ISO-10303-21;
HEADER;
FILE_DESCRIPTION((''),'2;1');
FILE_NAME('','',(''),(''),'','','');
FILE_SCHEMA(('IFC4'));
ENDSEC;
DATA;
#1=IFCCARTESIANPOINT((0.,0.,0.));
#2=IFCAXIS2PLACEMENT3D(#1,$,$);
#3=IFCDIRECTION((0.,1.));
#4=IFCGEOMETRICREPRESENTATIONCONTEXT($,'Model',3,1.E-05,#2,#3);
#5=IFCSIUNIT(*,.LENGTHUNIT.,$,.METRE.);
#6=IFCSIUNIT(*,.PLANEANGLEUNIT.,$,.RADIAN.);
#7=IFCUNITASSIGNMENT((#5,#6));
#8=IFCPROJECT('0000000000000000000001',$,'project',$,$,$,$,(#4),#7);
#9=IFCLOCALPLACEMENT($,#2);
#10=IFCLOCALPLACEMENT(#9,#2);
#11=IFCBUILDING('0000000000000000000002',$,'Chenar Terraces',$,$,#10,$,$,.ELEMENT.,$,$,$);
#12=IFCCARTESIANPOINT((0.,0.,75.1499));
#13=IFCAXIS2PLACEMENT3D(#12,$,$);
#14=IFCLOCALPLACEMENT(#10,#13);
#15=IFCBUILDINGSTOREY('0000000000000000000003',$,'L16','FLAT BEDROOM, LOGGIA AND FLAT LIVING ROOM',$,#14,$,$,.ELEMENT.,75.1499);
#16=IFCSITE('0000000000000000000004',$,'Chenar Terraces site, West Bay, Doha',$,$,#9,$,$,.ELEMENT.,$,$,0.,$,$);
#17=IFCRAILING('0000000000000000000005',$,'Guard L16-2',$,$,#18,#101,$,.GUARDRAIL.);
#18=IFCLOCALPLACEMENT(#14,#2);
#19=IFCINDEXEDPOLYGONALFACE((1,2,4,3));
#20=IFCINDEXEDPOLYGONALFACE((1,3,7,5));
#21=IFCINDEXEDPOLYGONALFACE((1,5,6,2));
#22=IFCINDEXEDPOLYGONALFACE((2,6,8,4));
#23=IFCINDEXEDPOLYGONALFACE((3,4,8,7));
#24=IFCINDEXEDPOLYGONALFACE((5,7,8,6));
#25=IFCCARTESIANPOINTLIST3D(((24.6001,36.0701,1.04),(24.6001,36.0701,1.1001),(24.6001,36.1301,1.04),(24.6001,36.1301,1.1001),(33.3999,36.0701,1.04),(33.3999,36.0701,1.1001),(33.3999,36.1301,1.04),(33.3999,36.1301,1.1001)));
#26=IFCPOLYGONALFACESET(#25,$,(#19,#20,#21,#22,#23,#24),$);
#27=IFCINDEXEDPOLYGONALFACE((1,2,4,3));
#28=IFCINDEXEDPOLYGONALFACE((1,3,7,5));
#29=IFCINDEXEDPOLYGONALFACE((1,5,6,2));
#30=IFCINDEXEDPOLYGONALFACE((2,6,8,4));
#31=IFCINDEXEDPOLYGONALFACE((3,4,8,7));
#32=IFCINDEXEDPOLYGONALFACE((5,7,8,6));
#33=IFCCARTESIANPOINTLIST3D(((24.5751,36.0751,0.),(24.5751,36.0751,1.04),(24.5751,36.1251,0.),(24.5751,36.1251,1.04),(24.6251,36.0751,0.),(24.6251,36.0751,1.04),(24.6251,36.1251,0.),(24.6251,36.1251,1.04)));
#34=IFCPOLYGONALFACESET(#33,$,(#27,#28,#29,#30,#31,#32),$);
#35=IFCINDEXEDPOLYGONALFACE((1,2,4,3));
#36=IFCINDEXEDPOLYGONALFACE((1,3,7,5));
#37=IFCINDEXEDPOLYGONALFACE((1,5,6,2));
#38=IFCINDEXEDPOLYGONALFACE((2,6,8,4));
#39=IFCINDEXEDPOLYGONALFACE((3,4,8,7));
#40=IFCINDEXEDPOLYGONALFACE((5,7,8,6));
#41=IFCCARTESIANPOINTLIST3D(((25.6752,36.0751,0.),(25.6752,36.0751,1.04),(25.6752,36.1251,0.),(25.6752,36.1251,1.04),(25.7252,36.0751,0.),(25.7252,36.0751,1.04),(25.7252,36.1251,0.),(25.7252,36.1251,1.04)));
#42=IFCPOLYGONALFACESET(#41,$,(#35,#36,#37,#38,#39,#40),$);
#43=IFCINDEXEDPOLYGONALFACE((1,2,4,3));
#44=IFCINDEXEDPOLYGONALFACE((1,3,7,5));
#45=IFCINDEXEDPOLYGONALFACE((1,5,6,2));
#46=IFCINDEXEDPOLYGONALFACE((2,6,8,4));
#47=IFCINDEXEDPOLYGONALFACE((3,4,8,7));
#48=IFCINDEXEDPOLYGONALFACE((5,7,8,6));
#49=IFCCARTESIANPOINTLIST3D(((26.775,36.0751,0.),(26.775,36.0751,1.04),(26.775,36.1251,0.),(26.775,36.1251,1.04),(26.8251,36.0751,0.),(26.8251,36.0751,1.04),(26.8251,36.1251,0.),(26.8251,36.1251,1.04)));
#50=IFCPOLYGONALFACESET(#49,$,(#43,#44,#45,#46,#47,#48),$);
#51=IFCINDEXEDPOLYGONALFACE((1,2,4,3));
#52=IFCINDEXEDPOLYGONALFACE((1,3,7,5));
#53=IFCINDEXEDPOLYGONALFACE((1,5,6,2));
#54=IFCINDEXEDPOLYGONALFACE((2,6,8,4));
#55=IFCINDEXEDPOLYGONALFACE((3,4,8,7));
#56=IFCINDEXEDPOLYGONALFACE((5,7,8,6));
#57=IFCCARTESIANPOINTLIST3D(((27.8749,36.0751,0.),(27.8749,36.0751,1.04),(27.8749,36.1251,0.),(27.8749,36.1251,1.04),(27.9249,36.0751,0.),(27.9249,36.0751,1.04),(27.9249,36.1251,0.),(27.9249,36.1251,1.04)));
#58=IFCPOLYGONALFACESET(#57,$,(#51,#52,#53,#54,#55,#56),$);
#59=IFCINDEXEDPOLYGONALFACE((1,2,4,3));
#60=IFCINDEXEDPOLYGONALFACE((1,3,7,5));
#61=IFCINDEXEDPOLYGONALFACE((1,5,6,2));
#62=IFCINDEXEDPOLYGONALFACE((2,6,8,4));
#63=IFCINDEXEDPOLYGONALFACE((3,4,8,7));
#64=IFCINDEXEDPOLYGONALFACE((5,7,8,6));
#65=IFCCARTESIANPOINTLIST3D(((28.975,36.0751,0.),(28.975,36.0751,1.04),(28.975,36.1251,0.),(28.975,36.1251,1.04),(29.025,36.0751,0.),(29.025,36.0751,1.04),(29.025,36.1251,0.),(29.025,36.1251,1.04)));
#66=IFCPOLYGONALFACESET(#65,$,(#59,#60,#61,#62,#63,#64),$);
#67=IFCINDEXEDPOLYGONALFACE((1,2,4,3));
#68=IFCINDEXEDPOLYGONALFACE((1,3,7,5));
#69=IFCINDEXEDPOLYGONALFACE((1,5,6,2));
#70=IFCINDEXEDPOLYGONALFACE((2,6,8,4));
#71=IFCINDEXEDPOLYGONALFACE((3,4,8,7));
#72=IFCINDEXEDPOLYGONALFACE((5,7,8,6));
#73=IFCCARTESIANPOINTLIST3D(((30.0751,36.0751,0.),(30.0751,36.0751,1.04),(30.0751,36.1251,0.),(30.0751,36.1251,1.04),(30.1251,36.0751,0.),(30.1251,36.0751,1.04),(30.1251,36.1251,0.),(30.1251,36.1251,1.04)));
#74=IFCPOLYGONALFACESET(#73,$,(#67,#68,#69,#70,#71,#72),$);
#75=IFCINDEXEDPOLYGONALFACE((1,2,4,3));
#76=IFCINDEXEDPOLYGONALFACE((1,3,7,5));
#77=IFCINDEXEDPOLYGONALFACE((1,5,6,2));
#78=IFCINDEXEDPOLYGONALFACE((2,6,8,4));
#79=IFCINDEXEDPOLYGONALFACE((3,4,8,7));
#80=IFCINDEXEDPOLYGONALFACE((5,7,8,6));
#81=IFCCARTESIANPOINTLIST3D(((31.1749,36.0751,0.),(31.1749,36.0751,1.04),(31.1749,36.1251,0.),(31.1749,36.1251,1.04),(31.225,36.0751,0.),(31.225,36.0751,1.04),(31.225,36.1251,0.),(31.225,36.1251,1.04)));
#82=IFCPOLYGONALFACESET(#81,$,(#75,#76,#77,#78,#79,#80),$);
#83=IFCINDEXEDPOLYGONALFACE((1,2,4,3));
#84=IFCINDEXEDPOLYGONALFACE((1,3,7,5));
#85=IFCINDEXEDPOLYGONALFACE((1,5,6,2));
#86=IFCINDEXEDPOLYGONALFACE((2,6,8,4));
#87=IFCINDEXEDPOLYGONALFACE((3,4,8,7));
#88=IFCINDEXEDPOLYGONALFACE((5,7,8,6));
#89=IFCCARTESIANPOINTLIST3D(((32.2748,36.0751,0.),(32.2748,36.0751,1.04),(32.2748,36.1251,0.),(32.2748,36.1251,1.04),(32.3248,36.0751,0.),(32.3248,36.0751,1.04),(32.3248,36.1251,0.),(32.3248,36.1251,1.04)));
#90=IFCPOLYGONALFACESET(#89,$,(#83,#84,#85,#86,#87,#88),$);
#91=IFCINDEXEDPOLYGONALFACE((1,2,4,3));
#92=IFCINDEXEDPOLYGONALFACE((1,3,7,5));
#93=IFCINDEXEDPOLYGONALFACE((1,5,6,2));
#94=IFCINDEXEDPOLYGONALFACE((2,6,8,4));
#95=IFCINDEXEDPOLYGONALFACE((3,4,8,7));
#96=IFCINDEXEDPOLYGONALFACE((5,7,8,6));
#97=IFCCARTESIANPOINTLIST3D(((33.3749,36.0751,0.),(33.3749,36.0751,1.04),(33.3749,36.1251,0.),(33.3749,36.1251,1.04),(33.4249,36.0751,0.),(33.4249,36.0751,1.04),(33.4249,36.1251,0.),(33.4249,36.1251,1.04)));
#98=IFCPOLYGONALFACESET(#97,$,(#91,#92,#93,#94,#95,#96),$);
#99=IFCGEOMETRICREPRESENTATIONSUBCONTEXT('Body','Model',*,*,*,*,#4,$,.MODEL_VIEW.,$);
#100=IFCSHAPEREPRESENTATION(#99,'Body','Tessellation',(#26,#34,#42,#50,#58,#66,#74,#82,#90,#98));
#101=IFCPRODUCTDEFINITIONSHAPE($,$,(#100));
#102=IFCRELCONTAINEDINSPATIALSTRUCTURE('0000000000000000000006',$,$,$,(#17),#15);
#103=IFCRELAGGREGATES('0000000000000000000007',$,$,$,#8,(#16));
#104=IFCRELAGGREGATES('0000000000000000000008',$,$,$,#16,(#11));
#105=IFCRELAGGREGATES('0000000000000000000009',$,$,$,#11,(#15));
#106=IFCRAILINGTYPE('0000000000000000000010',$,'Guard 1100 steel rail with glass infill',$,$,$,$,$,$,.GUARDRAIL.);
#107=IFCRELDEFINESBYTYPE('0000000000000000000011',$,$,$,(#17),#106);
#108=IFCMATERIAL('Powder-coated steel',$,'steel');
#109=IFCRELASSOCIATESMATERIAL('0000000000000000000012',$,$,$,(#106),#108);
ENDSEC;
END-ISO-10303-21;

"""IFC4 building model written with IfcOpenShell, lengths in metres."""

from ifc_helpers import new_model, si_unit, direction, frame, origin, origin_2d, place, context, subcontext, project, spatial, rectangle, extrude, material, type_object, element, save


model = new_model("IFC4")

# Units and contexts
model_context = context("Model", 3, precision=1e-05, world=origin(), true_north=direction((0.0, 1.0)))
body_context = subcontext(model_context, "Body", "Model", "MODEL_VIEW")
ifc_project = project(units=[si_unit("LENGTHUNIT", "METRE"), si_unit("PLANEANGLEUNIT", "RADIAN")], contexts=[model_context])

# Site, building, storey
site_placement = place(None, origin())
site = spatial("IfcSite", under=ifc_project, at=site_placement, Name="Chenar Terraces site, West Bay, Doha", CompositionType="ELEMENT", RefElevation=0.0)
building_placement = place(site_placement, origin())
building = spatial("IfcBuilding", under=site, at=building_placement, Name="Chenar Terraces", CompositionType="ELEMENT")
storey_placement = place(building_placement, frame((0.0, 0.0, 75.1499)))
storey = spatial("IfcBuildingStorey", under=building, at=storey_placement, Name="L16", Description="FLAT BEDROOM, LOGGIA AND FLAT LIVING ROOM", CompositionType="ELEMENT", Elevation=75.1499)

# Railing
ifc_material_1 = material(Name="Powder-coated steel", Category="steel")
railing_type = type_object("IfcRailingType", Name="Guard 1100 steel rail with glass infill", PredefinedType="GUARDRAIL", material=ifc_material_1)
railing_1_placement = place(storey_placement, frame((24.6001, 36.1001, 0.0)))
element("IfcRailing", 1, at=railing_1_placement, inside=storey, type_object=railing_type, Name="Guard L16-2", PredefinedType="GUARDRAIL", context=body_context, shape_type="SweptSolid", body=[
    extrude(rectangle(XDim=0.0601, YDim=0.0601, at=origin_2d()), frame((0.0, 0.0, 1.0701), z_axis=(1.0, 0.0, 0.0), x_axis=(0.0, 1.0, 0.0)), (0.0, 0.0, 1.0), 8.7998),
    extrude(rectangle(XDim=0.05, YDim=0.05, at=origin_2d()), origin(), (0.0, 0.0, 1.0), 1.04),
    extrude(rectangle(XDim=0.05, YDim=0.05, at=origin_2d()), frame((1.1001, 0.0, 0.0)), (0.0, 0.0, 1.0), 1.04),
    extrude(rectangle(XDim=0.05, YDim=0.05, at=origin_2d()), frame((2.2, 0.0, 0.0)), (0.0, 0.0, 1.0), 1.04),
    extrude(rectangle(XDim=0.05, YDim=0.05, at=origin_2d()), frame((3.2998, 0.0, 0.0)), (0.0, 0.0, 1.0), 1.04),
    extrude(rectangle(XDim=0.05, YDim=0.05, at=origin_2d()), frame((4.3999, 0.0, 0.0)), (0.0, 0.0, 1.0), 1.04),
    extrude(rectangle(XDim=0.05, YDim=0.05, at=origin_2d()), frame((5.5, 0.0, 0.0)), (0.0, 0.0, 1.0), 1.04),
    extrude(rectangle(XDim=0.05, YDim=0.05, at=origin_2d()), frame((6.5999, 0.0, 0.0)), (0.0, 0.0, 1.0), 1.04),
    extrude(rectangle(XDim=0.05, YDim=0.05, at=origin_2d()), frame((7.6997, 0.0, 0.0)), (0.0, 0.0, 1.0), 1.04),
    extrude(rectangle(XDim=0.05, YDim=0.05, at=origin_2d()), frame((8.7998, 0.0, 0.0)), (0.0, 0.0, 1.0), 1.04),
])

save(model, "model.ifc")
